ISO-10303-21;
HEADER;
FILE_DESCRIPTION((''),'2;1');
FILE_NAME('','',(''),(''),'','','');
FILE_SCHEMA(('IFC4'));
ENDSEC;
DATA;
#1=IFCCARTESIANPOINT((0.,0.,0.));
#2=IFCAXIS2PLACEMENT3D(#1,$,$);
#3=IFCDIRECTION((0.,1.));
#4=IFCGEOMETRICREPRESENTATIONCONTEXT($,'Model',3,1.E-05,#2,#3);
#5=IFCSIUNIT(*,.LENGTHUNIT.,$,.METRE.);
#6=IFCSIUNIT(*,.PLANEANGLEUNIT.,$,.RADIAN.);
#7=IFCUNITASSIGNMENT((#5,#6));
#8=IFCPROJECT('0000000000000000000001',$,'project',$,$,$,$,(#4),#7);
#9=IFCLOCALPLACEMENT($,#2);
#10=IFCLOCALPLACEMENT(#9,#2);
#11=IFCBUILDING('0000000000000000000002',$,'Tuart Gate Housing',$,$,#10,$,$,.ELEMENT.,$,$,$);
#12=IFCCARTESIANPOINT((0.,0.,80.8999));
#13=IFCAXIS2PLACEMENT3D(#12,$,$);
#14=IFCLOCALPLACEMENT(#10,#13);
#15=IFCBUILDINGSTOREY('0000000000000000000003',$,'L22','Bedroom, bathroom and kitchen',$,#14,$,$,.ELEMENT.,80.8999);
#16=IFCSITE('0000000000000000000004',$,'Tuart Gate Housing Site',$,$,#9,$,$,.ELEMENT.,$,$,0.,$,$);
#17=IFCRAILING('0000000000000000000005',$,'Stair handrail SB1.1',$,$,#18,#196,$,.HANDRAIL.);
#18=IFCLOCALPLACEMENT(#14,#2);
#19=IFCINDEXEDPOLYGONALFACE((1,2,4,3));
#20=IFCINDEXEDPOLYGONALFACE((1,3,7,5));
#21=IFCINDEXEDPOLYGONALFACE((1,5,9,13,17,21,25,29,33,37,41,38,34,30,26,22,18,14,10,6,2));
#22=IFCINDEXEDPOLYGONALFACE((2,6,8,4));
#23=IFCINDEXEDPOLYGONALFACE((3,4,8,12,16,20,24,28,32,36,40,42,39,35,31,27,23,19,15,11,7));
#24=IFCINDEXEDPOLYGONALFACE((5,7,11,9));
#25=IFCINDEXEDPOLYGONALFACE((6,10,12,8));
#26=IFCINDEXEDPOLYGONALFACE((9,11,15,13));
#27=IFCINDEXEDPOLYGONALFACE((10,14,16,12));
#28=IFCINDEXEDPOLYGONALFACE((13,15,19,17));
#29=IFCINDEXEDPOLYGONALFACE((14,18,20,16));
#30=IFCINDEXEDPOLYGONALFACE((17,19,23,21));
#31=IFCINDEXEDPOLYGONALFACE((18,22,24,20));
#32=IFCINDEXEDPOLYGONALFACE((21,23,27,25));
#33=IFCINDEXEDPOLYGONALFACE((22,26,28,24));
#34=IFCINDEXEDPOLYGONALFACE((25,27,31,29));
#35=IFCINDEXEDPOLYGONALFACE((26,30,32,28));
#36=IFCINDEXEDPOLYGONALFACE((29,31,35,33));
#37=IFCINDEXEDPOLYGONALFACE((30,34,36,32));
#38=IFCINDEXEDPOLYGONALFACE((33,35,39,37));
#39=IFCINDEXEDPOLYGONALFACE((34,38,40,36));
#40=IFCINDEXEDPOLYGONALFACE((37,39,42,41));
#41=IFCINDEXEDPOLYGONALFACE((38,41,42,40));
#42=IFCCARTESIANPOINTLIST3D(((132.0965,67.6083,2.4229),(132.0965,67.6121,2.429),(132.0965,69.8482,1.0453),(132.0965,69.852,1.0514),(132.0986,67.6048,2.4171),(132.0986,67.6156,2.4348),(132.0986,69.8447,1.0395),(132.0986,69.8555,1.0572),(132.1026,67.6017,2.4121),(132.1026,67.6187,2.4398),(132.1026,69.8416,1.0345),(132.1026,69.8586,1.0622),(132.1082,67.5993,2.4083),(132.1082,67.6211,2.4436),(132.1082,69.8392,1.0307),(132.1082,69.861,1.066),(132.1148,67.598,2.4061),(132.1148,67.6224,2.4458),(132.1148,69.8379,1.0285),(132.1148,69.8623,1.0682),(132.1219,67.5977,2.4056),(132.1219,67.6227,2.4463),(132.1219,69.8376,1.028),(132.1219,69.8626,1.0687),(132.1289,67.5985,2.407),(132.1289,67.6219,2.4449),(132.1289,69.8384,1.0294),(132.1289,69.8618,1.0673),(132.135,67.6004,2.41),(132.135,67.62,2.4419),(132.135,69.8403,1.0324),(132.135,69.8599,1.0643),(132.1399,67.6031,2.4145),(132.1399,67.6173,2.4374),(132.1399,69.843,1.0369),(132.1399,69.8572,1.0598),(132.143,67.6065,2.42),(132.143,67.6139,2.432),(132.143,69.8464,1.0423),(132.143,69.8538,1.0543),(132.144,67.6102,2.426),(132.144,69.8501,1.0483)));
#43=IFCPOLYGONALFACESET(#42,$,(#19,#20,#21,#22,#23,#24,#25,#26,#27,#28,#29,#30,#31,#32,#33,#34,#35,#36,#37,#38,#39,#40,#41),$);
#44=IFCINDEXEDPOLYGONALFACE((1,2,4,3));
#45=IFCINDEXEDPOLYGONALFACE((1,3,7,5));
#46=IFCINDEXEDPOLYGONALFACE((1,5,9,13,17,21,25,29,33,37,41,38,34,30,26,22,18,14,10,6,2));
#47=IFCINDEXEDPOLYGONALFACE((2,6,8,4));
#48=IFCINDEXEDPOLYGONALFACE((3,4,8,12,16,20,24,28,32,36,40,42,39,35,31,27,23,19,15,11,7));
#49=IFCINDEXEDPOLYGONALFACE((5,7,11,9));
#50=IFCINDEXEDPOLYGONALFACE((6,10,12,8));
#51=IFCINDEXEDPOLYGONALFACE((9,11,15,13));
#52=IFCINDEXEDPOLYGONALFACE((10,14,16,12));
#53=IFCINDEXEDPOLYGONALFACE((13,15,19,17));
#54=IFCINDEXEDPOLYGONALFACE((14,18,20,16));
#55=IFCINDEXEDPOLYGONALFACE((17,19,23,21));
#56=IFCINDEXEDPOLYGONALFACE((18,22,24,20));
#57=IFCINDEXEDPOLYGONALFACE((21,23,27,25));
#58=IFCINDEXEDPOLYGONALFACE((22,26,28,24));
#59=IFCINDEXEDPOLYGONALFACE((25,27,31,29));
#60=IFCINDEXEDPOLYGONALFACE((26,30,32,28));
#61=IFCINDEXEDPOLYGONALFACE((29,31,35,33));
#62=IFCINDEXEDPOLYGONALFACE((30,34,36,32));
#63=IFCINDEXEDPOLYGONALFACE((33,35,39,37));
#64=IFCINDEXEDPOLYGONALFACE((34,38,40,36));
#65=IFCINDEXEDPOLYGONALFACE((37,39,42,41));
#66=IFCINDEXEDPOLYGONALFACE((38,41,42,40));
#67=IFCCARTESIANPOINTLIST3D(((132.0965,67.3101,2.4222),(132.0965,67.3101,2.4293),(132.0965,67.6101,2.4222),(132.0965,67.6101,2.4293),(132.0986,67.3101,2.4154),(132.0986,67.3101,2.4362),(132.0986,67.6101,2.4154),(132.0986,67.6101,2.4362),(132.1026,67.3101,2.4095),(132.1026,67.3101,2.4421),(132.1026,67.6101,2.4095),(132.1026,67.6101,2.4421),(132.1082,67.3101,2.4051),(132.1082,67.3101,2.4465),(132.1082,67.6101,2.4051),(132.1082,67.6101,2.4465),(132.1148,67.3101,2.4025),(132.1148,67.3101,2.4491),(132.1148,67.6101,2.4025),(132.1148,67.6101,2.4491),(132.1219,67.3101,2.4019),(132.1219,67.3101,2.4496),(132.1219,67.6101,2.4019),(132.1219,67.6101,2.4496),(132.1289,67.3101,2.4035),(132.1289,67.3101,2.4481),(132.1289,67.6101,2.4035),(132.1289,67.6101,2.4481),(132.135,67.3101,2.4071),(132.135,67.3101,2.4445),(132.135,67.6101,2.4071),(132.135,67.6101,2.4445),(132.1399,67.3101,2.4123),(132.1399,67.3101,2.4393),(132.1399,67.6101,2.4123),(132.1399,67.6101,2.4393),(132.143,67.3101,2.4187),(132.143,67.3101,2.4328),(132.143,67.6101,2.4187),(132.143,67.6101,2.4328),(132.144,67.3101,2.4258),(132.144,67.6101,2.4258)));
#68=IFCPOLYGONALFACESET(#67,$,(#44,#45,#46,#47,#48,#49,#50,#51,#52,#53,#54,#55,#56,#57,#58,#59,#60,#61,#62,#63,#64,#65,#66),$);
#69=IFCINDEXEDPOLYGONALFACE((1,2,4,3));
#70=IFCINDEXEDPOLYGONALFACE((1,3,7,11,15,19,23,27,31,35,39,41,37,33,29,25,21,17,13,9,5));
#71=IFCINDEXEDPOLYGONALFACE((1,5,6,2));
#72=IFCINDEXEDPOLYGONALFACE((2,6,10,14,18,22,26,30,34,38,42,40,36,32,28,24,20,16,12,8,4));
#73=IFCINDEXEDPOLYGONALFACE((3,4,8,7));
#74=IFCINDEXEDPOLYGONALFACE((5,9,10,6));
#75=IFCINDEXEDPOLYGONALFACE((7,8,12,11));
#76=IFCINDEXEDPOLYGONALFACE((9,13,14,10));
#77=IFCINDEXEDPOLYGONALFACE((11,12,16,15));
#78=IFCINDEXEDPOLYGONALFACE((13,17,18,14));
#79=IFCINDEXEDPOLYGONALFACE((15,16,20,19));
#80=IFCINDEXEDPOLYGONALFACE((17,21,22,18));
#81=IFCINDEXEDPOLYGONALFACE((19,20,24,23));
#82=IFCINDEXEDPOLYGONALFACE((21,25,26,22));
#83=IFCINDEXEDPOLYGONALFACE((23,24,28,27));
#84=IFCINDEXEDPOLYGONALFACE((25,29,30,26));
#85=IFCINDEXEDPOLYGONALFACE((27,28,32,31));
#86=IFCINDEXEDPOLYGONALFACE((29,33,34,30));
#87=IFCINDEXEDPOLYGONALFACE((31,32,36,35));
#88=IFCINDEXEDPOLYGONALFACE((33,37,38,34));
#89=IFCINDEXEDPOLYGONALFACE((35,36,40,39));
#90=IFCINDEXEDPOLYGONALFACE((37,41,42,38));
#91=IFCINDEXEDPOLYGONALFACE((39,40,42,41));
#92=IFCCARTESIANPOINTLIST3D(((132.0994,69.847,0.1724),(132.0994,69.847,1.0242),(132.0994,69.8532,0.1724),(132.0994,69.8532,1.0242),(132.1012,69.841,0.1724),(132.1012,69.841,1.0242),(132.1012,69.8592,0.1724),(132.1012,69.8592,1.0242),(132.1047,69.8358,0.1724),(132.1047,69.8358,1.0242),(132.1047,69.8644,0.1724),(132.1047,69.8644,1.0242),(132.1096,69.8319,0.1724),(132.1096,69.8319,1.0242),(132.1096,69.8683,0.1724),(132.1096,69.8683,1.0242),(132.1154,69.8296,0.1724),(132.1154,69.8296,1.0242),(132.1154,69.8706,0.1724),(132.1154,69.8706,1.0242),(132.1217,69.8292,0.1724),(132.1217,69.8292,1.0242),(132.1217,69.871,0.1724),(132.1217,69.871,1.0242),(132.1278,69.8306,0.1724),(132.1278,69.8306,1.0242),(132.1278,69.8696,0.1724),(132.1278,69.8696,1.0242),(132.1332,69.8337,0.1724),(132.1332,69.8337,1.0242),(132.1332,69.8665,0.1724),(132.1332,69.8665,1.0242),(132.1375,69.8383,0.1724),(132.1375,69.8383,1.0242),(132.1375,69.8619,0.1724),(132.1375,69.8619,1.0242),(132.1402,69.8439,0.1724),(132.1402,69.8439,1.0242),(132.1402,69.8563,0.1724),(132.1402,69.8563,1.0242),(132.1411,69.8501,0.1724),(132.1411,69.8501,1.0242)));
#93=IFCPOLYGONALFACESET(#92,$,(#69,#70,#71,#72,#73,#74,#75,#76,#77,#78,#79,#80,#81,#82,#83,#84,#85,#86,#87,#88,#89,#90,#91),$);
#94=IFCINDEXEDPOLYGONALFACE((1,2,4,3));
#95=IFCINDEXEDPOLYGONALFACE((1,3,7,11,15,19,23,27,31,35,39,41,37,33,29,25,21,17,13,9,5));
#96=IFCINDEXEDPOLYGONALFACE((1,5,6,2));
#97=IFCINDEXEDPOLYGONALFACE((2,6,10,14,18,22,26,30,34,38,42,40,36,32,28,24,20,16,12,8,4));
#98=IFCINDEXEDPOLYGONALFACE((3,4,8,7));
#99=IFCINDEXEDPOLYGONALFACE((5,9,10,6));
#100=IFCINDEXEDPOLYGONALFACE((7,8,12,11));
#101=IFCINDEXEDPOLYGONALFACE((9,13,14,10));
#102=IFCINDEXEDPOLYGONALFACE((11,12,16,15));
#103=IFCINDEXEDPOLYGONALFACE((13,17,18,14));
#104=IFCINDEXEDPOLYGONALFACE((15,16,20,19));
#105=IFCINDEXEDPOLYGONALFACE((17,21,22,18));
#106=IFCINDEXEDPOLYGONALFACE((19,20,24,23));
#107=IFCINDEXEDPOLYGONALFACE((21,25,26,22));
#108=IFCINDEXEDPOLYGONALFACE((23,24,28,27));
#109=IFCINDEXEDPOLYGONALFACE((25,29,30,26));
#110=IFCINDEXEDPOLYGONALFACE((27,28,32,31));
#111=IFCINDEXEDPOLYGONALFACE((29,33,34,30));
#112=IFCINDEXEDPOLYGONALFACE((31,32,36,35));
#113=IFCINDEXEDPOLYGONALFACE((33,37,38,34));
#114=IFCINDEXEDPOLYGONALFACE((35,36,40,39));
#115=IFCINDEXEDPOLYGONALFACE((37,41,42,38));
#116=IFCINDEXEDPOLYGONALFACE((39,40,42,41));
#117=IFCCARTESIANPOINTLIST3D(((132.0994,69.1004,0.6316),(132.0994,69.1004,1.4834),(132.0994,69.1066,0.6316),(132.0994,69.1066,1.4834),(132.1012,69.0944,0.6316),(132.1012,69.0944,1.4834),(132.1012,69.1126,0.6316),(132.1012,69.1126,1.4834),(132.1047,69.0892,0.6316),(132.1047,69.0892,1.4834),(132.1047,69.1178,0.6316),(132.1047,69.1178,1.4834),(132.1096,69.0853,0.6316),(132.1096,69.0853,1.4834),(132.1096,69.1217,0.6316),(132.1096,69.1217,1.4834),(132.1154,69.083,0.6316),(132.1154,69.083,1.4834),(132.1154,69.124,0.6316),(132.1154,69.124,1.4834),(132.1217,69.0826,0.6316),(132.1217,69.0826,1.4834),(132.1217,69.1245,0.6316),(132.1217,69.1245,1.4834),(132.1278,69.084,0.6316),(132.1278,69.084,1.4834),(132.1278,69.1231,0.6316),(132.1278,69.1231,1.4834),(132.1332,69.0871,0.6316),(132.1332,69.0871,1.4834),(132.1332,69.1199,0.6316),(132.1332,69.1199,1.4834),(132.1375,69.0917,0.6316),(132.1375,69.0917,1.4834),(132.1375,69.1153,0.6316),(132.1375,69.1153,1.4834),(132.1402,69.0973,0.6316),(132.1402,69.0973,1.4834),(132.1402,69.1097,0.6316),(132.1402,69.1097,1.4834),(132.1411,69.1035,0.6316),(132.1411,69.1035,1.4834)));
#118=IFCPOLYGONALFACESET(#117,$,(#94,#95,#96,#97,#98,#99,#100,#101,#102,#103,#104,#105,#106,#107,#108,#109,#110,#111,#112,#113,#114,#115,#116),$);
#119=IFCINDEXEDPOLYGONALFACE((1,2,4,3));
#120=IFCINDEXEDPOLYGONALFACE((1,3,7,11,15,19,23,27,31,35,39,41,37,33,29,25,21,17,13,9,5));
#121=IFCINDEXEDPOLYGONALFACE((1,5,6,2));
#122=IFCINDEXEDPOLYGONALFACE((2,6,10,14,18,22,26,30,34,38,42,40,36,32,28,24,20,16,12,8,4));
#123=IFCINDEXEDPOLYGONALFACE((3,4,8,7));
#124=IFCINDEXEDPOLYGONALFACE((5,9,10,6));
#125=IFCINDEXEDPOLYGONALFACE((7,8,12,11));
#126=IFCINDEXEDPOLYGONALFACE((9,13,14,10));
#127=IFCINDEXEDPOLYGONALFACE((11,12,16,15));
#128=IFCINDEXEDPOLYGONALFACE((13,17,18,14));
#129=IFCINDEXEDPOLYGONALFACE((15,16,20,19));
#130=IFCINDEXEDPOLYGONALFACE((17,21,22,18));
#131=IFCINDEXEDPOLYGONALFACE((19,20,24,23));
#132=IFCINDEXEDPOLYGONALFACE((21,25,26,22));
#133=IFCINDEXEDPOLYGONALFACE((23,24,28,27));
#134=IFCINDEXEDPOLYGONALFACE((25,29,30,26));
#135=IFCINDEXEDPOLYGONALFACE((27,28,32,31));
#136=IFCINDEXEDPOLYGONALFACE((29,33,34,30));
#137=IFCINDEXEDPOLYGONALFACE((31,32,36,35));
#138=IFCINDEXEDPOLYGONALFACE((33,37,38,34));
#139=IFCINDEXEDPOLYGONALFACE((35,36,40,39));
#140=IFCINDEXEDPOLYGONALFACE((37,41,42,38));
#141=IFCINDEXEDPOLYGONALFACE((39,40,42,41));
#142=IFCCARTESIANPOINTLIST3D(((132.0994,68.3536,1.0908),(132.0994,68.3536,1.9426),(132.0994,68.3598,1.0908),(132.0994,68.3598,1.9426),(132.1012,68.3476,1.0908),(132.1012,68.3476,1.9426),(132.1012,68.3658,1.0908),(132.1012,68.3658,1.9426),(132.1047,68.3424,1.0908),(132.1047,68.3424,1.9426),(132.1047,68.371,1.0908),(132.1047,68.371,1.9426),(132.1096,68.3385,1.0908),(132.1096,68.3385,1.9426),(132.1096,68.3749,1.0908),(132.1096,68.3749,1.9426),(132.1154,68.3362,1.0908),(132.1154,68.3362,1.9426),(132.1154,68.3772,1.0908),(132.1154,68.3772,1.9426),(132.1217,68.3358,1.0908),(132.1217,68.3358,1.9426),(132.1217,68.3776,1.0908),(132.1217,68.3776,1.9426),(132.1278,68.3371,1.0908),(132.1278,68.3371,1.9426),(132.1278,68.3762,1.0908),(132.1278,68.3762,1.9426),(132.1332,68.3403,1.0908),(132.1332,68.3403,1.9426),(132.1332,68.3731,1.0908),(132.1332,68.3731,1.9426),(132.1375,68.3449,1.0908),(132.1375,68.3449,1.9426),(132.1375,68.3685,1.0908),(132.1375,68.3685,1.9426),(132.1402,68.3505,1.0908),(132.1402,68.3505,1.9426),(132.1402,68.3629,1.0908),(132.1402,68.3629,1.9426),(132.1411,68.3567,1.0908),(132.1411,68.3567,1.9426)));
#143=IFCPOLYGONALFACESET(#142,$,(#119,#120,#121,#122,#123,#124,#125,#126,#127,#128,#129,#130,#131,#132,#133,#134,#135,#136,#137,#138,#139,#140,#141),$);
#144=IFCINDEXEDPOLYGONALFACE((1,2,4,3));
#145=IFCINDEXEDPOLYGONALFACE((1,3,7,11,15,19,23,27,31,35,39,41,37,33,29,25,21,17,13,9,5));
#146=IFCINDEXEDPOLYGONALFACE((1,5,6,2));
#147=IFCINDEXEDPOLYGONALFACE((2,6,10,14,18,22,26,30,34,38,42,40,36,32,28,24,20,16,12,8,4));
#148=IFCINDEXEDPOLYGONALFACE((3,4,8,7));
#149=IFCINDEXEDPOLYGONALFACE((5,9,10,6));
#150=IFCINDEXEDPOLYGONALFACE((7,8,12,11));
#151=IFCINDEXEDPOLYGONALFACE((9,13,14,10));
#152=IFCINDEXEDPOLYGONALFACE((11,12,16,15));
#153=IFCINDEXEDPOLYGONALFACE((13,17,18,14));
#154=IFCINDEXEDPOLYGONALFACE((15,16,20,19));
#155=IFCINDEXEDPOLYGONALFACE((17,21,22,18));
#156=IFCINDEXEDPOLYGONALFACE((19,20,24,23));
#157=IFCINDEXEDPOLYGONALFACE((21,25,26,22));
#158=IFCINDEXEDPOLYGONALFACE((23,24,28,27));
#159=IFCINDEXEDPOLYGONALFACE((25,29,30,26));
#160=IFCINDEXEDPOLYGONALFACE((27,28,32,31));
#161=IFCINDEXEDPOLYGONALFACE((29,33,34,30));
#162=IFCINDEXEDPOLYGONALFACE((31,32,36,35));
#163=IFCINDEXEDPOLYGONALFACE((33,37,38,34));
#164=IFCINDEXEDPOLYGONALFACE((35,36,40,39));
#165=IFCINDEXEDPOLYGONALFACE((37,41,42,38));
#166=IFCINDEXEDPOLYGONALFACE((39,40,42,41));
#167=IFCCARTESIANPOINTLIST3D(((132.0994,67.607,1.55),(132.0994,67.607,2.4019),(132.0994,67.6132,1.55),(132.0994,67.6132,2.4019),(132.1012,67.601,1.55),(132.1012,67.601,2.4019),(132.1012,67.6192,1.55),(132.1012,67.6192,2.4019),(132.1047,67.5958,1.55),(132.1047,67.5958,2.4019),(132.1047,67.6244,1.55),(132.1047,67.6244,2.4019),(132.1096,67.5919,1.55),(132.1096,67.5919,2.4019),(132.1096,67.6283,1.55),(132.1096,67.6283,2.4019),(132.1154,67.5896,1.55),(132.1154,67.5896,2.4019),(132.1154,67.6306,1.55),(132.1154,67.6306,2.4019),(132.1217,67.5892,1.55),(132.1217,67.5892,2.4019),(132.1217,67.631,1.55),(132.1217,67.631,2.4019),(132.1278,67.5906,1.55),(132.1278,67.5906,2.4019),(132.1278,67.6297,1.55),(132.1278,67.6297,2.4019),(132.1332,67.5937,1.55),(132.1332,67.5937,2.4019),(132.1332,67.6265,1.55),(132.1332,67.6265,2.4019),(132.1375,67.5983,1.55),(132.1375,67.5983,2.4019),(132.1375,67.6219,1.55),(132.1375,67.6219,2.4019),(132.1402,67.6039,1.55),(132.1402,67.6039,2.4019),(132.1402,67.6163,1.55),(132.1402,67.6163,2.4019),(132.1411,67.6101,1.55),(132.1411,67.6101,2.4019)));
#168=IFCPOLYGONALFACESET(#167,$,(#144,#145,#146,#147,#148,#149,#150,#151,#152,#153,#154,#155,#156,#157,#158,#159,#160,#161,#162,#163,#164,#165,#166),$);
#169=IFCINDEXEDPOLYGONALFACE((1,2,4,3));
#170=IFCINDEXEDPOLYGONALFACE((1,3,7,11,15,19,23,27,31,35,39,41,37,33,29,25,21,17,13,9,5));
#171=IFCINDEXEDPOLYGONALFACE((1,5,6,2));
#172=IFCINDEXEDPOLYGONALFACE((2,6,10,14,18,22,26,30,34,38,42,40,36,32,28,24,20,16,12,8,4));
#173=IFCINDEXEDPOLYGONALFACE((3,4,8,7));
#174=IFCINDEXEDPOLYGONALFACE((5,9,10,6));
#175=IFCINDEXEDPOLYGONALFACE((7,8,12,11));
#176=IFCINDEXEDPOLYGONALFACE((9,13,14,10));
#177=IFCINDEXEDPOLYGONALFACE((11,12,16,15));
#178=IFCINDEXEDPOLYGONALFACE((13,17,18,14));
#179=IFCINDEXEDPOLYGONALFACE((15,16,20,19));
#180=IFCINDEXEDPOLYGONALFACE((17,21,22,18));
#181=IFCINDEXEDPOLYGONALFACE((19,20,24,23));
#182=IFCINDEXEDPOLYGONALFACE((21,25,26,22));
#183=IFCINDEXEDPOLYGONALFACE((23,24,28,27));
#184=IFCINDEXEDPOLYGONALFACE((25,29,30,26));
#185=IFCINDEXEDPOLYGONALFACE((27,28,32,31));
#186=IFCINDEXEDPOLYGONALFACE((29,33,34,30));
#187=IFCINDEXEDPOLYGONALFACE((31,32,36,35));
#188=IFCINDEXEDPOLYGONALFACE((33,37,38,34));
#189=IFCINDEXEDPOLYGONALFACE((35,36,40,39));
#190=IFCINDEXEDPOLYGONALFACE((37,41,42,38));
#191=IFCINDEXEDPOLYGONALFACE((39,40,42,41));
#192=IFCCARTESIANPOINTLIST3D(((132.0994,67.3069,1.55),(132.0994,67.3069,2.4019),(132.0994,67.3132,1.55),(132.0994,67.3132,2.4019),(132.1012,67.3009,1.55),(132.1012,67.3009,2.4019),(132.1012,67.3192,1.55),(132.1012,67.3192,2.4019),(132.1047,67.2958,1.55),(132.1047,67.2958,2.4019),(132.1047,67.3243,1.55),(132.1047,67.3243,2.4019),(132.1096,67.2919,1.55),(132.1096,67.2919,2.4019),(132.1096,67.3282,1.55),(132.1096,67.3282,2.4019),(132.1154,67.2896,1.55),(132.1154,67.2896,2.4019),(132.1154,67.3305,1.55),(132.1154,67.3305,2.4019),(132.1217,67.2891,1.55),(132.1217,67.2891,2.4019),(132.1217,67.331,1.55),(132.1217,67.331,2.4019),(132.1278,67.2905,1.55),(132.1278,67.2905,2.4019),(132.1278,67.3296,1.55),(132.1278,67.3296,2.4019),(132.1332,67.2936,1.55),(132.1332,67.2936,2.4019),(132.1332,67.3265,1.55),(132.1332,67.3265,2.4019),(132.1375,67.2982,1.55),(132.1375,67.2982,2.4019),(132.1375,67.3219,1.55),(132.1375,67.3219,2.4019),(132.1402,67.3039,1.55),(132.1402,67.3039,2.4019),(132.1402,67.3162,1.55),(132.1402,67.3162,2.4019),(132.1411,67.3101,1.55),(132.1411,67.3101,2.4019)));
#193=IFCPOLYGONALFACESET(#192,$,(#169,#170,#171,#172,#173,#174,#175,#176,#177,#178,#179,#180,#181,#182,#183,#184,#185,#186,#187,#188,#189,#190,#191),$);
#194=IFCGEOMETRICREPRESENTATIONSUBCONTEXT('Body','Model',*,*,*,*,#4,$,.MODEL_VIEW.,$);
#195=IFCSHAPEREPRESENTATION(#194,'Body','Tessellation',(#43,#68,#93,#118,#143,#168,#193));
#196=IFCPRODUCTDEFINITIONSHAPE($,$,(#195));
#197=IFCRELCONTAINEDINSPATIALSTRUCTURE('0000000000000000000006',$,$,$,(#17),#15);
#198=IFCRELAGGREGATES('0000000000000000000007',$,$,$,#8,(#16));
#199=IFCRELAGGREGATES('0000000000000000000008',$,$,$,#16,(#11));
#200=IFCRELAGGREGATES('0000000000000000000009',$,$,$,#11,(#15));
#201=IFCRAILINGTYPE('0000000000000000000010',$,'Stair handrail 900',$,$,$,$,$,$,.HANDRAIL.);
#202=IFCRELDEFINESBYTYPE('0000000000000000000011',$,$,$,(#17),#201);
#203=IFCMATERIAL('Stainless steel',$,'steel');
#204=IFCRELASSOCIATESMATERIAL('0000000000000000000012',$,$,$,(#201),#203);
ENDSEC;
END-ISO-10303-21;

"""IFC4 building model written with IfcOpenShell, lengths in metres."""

from ifc_helpers import new_model, si_unit, direction, frame, origin, origin_2d, place, context, subcontext, project, spatial, circle, extrude, material, type_object, element, save


model = new_model("IFC4")

# Units and contexts
model_context = context("Model", 3, precision=1e-05, world=origin(), true_north=direction((0.0, 1.0)))
body_context = subcontext(model_context, "Body", "Model", "MODEL_VIEW")
ifc_project = project(units=[si_unit("LENGTHUNIT", "METRE"), si_unit("PLANEANGLEUNIT", "RADIAN")], contexts=[model_context])

# Site, building, storey
site_placement = place(None, origin())
site = spatial("IfcSite", under=ifc_project, at=site_placement, Name="Tuart Gate Housing Site", CompositionType="ELEMENT", RefElevation=0.0)
building_placement = place(site_placement, origin())
building = spatial("IfcBuilding", under=site, at=building_placement, Name="Tuart Gate Housing", CompositionType="ELEMENT")
storey_placement = place(building_placement, frame((0.0, 0.0, 80.8999)))
storey = spatial("IfcBuildingStorey", under=building, at=storey_placement, Name="L22", Description="Bedroom, bathroom and kitchen", CompositionType="ELEMENT", Elevation=80.8999)

# Railing
ifc_material_1 = material(Name="Stainless steel", Category="steel")
railing_type = type_object("IfcRailingType", Name="Stair handrail 900", PredefinedType="HANDRAIL", material=ifc_material_1)
railing_placement = place(storey_placement, frame((132.1201, 69.8501, 0.1724)))
element("IfcRailing", 1, at=railing_placement, inside=storey, type_object=railing_type, Name="Stair handrail SB1.1", PredefinedType="HANDRAIL", context=body_context, shape_type="SweptSolid", body=[
    extrude(circle(Radius=0.0239, at=origin_2d()), frame((0.0, 0.0, 0.876), z_axis=(0.0, -0.851789, 0.523885), x_axis=(1.0, 0.0, 0.0)), (0.0, 0.0, 1.0), 2.6296),
    extrude(circle(Radius=0.0239, at=origin_2d()), frame((0.0, -2.24, 2.2534), z_axis=(0.0, -1.0, 0.0), x_axis=(1.0, 0.0, 0.0)), (0.0, 0.0, 1.0), 0.3),
    extrude(circle(Radius=0.021, at=origin_2d()), origin(), (0.0, 0.0, 1.0), 0.8518),
    extrude(circle(Radius=0.021, at=origin_2d()), frame((0.0, -0.7466, 0.4592)), (0.0, 0.0, 1.0), 0.8518),
    extrude(circle(Radius=0.021, at=origin_2d()), frame((0.0, -1.4934, 0.9185)), (0.0, 0.0, 1.0), 0.8518),
    extrude(circle(Radius=0.021, at=origin_2d()), frame((0.0, -2.24, 1.3777)), (0.0, 0.0, 1.0), 0.8518),
    extrude(circle(Radius=0.021, at=origin_2d()), frame((0.0, -2.54, 1.3777)), (0.0, 0.0, 1.0), 0.8518),
])

save(model, "model.ifc")
